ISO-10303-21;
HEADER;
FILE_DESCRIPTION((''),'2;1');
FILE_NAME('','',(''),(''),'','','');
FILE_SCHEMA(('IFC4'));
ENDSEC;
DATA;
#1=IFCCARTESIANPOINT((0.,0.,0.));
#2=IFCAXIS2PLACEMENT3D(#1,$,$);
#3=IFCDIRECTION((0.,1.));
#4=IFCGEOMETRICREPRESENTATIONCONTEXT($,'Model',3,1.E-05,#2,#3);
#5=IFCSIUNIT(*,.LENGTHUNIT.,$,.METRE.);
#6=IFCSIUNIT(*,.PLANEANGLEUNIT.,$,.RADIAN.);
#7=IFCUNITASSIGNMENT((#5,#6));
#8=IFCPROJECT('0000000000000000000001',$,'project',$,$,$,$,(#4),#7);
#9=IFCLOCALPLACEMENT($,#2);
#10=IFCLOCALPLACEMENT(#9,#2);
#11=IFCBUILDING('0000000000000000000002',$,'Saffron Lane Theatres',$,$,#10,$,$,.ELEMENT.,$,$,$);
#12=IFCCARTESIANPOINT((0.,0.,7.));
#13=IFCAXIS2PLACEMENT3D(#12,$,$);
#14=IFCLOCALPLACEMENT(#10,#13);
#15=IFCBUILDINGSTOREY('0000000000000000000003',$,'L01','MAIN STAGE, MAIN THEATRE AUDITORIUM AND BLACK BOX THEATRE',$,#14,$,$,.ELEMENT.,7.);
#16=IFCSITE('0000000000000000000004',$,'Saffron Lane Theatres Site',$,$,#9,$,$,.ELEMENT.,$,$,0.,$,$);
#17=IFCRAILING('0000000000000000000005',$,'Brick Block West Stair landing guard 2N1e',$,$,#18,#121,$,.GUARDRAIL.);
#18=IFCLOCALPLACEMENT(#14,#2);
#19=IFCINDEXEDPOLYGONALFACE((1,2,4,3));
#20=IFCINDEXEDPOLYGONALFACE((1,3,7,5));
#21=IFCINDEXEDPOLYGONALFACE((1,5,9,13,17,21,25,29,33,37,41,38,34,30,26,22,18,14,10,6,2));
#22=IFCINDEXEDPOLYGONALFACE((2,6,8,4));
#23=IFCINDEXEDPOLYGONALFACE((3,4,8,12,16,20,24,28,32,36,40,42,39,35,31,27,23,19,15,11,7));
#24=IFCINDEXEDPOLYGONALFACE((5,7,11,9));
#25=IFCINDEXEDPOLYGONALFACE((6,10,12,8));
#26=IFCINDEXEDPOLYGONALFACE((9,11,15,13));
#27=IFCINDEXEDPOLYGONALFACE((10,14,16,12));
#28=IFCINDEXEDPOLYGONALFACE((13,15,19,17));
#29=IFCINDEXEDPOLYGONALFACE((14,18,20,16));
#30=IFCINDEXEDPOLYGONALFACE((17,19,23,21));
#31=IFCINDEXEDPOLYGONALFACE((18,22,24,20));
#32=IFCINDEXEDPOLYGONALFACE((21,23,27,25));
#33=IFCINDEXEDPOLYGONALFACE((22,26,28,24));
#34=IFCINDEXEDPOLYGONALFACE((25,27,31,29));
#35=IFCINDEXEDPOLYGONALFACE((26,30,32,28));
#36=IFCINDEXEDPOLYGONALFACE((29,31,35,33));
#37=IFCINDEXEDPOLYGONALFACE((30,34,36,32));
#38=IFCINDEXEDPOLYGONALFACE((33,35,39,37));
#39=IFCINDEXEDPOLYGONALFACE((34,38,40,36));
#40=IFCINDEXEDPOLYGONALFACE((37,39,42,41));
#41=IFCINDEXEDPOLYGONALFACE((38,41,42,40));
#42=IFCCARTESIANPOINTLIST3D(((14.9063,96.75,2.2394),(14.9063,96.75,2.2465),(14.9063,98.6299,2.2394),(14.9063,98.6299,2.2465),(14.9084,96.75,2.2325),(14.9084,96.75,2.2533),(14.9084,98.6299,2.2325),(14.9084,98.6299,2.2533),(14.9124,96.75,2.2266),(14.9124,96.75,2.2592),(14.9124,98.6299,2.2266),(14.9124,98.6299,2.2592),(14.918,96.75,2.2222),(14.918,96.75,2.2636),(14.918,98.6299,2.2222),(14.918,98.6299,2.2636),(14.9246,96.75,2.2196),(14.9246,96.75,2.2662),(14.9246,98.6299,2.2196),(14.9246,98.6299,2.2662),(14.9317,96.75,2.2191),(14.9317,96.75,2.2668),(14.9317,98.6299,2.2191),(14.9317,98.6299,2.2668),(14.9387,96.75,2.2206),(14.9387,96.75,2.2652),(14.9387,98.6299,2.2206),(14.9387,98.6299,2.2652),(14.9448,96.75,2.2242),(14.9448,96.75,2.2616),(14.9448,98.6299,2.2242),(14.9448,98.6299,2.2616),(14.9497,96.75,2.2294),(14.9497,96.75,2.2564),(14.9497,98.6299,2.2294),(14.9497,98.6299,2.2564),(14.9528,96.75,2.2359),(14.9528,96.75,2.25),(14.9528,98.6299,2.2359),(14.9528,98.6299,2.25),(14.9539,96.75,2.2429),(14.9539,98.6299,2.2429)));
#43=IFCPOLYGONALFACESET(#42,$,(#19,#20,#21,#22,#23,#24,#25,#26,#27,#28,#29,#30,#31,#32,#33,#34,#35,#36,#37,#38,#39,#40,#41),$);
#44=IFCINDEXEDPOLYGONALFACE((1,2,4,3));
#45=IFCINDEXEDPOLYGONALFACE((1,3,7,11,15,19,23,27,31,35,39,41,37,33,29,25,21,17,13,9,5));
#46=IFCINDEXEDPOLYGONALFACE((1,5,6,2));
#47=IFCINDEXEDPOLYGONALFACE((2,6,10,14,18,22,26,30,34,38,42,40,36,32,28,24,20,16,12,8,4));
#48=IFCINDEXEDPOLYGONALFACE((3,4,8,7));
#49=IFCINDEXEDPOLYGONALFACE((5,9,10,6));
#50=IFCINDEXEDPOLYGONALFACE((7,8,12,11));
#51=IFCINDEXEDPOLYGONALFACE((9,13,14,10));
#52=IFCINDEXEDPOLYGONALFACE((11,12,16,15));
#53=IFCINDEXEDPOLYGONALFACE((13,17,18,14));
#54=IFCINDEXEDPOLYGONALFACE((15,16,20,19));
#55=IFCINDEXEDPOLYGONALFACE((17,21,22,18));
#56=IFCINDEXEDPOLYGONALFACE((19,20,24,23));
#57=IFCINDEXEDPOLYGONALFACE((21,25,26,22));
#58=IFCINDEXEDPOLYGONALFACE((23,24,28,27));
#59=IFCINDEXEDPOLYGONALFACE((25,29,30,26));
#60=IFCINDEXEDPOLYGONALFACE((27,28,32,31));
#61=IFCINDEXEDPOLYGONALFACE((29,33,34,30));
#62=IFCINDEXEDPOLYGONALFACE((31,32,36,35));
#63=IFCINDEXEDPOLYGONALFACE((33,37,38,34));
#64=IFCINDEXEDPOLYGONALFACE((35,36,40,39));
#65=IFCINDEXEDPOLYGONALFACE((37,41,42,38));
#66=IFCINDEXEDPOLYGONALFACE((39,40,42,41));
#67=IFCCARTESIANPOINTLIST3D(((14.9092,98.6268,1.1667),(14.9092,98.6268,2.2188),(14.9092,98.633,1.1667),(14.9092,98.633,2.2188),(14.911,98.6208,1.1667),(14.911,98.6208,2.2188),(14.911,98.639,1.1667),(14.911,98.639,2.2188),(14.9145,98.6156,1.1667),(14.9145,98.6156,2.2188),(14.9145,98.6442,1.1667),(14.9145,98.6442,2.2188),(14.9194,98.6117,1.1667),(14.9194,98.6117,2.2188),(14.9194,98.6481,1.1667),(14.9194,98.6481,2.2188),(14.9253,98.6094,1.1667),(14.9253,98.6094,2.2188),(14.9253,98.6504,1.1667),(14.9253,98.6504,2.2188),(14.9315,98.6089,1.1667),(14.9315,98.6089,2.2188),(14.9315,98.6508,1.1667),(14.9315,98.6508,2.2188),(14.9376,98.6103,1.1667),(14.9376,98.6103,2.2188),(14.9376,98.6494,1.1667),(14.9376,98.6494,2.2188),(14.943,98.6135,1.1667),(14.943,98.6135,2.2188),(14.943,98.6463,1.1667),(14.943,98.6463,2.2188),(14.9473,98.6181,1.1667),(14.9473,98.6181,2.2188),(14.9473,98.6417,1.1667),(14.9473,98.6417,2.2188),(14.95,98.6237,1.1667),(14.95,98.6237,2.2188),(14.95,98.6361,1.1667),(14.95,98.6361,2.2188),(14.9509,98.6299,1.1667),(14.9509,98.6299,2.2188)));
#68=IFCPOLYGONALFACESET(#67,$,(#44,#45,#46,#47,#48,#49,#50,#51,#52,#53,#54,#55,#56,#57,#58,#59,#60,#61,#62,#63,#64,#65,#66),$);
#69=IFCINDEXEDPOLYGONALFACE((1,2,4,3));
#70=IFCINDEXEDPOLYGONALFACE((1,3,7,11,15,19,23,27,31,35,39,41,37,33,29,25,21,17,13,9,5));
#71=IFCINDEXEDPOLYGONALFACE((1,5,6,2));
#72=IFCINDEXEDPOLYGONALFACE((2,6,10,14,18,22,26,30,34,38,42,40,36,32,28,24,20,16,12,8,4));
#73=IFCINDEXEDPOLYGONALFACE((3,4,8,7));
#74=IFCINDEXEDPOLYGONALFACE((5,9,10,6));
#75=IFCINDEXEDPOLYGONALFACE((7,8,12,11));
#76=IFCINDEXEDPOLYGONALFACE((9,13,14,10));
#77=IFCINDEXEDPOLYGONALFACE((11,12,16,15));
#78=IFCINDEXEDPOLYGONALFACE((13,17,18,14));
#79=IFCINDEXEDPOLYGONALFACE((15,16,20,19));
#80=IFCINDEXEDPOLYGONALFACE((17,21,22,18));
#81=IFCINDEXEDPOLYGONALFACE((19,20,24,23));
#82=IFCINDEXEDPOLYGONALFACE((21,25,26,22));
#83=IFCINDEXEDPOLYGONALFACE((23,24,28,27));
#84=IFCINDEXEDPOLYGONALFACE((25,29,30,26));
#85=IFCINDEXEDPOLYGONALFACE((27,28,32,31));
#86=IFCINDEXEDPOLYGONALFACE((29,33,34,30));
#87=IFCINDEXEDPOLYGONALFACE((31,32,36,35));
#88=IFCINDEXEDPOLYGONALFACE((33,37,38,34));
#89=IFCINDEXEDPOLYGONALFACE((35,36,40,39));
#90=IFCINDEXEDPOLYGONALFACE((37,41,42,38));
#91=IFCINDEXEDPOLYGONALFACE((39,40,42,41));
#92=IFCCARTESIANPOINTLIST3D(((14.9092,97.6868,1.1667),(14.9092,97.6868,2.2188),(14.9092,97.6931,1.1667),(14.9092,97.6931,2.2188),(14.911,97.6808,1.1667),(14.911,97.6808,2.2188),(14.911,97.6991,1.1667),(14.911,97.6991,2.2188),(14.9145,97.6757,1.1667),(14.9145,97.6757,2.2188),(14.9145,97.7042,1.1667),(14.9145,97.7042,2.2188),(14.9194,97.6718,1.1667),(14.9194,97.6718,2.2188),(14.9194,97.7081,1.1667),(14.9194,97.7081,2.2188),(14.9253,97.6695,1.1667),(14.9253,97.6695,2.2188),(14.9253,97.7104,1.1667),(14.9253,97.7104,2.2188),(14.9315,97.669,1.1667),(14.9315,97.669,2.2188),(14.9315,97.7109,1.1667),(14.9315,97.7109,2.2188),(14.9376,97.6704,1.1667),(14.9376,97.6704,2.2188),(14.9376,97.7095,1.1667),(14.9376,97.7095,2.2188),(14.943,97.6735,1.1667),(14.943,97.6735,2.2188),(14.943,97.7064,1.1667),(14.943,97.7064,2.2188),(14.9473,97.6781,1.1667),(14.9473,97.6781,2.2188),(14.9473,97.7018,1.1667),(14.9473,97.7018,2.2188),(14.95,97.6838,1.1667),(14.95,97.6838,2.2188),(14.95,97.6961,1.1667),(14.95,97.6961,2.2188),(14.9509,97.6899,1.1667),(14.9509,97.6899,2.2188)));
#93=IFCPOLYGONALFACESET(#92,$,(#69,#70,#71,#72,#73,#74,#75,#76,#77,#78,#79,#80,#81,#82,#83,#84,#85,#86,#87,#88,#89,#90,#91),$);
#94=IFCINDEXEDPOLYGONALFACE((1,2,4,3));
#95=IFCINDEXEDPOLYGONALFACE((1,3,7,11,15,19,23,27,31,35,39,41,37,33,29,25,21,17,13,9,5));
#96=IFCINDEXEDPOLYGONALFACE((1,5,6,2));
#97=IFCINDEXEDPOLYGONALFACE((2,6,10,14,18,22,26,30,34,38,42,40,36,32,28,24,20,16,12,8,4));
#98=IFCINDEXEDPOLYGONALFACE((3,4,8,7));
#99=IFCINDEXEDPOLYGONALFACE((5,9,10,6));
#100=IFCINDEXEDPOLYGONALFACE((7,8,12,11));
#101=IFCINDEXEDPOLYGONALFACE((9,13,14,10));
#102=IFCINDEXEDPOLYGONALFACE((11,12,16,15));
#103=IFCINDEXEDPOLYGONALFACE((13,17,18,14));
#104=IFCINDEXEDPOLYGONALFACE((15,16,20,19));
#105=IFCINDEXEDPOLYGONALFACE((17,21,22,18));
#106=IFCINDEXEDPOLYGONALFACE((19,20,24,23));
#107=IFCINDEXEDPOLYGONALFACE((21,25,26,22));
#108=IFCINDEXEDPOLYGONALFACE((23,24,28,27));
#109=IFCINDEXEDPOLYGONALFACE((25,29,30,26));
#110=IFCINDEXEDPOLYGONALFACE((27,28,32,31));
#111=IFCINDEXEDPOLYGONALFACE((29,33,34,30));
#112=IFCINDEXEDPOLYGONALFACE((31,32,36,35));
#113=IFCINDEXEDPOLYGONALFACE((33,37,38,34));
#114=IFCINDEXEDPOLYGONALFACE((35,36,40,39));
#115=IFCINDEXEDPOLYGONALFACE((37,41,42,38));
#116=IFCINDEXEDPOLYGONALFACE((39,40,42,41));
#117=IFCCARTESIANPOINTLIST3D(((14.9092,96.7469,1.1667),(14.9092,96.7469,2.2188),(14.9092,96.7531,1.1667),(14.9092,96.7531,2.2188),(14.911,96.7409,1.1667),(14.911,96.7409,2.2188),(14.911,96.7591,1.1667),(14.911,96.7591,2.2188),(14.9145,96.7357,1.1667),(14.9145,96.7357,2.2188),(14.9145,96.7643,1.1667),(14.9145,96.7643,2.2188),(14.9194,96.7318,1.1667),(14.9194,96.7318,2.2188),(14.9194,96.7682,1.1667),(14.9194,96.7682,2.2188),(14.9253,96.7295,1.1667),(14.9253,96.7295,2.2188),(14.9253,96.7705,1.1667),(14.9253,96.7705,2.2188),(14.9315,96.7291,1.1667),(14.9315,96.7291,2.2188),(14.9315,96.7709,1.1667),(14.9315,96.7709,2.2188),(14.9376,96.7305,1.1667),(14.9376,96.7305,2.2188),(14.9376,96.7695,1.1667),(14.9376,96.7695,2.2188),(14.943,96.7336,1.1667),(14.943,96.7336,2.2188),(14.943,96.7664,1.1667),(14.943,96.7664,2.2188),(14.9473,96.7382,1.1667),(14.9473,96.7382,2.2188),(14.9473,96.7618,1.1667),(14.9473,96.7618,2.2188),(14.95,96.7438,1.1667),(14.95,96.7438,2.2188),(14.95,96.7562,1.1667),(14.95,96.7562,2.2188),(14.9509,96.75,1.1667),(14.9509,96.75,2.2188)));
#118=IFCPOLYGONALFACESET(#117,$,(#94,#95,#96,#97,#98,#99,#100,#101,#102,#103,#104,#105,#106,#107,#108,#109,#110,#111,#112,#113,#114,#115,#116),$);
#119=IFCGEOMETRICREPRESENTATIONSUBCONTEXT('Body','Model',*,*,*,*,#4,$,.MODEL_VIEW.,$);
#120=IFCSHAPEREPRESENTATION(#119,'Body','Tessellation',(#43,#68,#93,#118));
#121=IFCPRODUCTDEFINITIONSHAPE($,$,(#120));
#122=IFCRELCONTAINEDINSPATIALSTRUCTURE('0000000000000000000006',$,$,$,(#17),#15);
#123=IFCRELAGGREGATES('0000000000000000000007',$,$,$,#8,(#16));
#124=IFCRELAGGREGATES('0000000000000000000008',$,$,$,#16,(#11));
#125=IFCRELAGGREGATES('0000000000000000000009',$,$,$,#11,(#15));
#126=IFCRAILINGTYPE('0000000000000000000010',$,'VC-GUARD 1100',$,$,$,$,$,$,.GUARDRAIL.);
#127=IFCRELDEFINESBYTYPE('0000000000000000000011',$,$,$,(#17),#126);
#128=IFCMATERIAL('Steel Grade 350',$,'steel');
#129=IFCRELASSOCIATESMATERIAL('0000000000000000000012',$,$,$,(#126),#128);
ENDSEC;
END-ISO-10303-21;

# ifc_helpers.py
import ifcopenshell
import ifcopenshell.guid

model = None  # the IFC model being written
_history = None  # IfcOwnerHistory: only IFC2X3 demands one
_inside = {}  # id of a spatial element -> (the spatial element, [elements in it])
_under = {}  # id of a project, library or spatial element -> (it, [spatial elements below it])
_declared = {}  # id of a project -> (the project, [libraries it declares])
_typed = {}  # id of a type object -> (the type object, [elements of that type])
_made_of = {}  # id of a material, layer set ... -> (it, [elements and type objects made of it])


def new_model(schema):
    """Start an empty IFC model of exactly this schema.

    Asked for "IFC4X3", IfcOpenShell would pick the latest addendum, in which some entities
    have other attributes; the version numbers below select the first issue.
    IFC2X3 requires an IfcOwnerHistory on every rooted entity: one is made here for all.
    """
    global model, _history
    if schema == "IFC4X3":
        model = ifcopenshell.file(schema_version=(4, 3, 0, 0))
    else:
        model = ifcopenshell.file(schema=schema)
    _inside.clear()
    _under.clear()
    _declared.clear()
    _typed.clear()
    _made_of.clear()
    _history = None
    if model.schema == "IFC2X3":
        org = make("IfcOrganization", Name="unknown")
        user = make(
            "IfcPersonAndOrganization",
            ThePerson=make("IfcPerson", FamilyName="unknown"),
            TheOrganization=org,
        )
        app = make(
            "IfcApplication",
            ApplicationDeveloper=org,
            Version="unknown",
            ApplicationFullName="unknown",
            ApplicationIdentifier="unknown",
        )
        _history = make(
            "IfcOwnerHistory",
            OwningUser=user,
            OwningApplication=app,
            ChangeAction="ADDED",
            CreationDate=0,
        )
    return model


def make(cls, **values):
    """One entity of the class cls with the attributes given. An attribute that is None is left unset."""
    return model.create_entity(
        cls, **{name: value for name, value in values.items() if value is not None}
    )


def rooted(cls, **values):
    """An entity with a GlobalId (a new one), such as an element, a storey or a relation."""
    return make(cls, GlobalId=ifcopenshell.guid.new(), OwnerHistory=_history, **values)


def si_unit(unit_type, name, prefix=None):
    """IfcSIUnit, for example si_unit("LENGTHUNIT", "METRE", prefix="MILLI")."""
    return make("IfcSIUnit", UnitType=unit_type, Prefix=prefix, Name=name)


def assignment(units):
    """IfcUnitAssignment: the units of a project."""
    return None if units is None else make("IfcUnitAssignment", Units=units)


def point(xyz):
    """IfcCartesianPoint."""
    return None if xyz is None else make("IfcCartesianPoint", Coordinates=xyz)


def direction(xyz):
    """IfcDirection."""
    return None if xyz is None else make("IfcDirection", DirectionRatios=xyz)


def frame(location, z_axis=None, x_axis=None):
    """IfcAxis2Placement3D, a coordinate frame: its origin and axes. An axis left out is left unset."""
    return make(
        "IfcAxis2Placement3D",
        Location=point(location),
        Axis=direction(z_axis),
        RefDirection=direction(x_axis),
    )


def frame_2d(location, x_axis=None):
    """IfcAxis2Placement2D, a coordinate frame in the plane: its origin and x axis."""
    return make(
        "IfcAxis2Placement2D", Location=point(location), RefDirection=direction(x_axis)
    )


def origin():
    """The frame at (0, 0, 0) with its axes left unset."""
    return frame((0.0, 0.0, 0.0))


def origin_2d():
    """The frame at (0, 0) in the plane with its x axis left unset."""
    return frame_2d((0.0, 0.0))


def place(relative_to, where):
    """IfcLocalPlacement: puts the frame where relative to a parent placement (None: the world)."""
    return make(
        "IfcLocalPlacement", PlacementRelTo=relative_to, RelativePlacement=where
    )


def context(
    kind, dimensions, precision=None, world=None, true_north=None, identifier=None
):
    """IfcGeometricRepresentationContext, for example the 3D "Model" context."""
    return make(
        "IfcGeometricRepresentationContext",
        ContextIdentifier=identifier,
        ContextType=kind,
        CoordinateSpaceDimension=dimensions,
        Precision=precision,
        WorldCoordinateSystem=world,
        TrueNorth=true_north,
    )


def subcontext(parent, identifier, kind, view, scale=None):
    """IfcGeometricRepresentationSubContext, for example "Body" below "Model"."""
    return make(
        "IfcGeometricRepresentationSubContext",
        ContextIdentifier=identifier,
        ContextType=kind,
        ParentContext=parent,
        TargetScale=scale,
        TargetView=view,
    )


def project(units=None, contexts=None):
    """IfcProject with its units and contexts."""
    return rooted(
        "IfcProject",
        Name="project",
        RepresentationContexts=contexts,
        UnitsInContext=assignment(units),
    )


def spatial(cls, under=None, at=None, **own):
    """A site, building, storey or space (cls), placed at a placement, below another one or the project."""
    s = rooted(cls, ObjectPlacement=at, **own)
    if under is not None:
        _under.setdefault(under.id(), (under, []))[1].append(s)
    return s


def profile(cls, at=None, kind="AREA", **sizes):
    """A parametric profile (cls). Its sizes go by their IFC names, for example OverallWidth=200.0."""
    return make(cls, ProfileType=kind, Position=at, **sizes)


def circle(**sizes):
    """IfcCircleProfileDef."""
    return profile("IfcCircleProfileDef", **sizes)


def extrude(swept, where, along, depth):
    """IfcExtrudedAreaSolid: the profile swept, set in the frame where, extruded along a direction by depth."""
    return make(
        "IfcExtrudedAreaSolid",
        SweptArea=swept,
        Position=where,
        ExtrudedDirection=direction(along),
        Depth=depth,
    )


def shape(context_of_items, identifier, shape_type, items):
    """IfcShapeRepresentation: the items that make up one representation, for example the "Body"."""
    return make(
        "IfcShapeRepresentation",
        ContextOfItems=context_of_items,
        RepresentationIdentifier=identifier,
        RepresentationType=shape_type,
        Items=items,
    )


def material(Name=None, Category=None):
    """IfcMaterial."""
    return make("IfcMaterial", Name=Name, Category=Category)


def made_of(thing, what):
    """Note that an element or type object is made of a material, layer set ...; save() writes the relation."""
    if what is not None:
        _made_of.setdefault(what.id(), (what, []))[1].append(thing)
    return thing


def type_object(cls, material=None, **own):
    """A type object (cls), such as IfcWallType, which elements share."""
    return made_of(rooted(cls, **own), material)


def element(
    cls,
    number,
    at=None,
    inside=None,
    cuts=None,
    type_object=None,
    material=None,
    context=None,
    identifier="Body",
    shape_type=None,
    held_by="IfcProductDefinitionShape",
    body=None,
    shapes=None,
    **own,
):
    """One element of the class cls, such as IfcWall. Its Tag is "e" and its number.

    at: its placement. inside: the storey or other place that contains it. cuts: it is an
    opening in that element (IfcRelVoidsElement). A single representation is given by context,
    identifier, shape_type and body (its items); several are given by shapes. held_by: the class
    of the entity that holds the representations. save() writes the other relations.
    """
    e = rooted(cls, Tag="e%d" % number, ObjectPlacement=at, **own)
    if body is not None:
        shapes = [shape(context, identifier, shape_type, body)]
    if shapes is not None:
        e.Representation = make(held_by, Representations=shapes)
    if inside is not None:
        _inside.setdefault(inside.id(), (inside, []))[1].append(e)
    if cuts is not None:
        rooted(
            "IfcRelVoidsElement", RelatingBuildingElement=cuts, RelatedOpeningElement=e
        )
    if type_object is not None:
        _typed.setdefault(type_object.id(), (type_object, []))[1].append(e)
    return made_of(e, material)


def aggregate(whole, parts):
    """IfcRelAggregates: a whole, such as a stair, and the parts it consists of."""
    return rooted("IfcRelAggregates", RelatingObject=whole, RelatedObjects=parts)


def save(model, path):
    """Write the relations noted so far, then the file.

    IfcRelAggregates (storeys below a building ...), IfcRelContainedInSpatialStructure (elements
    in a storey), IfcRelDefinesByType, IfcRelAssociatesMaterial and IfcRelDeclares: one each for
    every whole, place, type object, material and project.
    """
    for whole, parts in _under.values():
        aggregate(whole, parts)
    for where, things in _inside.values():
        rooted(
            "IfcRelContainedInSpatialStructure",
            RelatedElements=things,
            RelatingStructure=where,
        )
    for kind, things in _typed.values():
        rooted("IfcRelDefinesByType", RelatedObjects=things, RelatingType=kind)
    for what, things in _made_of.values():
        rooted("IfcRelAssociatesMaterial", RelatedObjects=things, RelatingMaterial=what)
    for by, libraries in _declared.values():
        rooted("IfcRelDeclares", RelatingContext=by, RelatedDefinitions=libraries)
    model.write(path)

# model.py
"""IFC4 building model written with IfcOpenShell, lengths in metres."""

from ifc_helpers import new_model, si_unit, direction, frame, origin, origin_2d, place, context, subcontext, project, spatial, circle, extrude, material, type_object, element, save


model = new_model("IFC4")

# Units and contexts
model_context = context("Model", 3, precision=1e-05, world=origin(), true_north=direction((0.0, 1.0)))
body_context = subcontext(model_context, "Body", "Model", "MODEL_VIEW")
ifc_project = project(units=[si_unit("LENGTHUNIT", "METRE"), si_unit("PLANEANGLEUNIT", "RADIAN")], contexts=[model_context])

# Site, building, storey
site_placement = place(None, origin())
site = spatial("IfcSite", under=ifc_project, at=site_placement, Name="Saffron Lane Theatres Site", CompositionType="ELEMENT", RefElevation=0.0)
building_placement = place(site_placement, origin())
building = spatial("IfcBuilding", under=site, at=building_placement, Name="Saffron Lane Theatres", CompositionType="ELEMENT")
storey_placement = place(building_placement, frame((0.0, 0.0, 7.0)))
storey = spatial("IfcBuildingStorey", under=building, at=storey_placement, Name="L01", Description="MAIN STAGE, MAIN THEATRE AUDITORIUM AND BLACK BOX THEATRE", CompositionType="ELEMENT", Elevation=7.0)

# Railing
ifc_material_1 = material(Name="Steel Grade 350", Category="steel")
railing_type_1 = type_object("IfcRailingType", Name="VC-GUARD 1100", PredefinedType="GUARDRAIL", material=ifc_material_1)
railing_1_placement = place(storey_placement, frame((14.9299, 98.6299, 1.1667)))
element("IfcRailing", 1, at=railing_1_placement, inside=storey, type_object=railing_type_1, Name="Brick Block West Stair landing guard 2N1e", PredefinedType="GUARDRAIL", context=body_context, shape_type="SweptSolid", body=[
    extrude(circle(Radius=0.0239, at=origin_2d()), frame((0.0, 0.0, 1.0762), z_axis=(0.0, -1.0, 0.0), x_axis=(1.0, 0.0, 0.0)), (0.0, 0.0, 1.0), 1.8799),
    extrude(circle(Radius=0.021, at=origin_2d()), origin(), (0.0, 0.0, 1.0), 1.052),
    extrude(circle(Radius=0.021, at=origin_2d()), frame((0.0, -0.9399, 0.0)), (0.0, 0.0, 1.0), 1.052),
    extrude(circle(Radius=0.021, at=origin_2d()), frame((0.0, -1.8799, 0.0)), (0.0, 0.0, 1.0), 1.052),
])

save(model, "model.ifc")
